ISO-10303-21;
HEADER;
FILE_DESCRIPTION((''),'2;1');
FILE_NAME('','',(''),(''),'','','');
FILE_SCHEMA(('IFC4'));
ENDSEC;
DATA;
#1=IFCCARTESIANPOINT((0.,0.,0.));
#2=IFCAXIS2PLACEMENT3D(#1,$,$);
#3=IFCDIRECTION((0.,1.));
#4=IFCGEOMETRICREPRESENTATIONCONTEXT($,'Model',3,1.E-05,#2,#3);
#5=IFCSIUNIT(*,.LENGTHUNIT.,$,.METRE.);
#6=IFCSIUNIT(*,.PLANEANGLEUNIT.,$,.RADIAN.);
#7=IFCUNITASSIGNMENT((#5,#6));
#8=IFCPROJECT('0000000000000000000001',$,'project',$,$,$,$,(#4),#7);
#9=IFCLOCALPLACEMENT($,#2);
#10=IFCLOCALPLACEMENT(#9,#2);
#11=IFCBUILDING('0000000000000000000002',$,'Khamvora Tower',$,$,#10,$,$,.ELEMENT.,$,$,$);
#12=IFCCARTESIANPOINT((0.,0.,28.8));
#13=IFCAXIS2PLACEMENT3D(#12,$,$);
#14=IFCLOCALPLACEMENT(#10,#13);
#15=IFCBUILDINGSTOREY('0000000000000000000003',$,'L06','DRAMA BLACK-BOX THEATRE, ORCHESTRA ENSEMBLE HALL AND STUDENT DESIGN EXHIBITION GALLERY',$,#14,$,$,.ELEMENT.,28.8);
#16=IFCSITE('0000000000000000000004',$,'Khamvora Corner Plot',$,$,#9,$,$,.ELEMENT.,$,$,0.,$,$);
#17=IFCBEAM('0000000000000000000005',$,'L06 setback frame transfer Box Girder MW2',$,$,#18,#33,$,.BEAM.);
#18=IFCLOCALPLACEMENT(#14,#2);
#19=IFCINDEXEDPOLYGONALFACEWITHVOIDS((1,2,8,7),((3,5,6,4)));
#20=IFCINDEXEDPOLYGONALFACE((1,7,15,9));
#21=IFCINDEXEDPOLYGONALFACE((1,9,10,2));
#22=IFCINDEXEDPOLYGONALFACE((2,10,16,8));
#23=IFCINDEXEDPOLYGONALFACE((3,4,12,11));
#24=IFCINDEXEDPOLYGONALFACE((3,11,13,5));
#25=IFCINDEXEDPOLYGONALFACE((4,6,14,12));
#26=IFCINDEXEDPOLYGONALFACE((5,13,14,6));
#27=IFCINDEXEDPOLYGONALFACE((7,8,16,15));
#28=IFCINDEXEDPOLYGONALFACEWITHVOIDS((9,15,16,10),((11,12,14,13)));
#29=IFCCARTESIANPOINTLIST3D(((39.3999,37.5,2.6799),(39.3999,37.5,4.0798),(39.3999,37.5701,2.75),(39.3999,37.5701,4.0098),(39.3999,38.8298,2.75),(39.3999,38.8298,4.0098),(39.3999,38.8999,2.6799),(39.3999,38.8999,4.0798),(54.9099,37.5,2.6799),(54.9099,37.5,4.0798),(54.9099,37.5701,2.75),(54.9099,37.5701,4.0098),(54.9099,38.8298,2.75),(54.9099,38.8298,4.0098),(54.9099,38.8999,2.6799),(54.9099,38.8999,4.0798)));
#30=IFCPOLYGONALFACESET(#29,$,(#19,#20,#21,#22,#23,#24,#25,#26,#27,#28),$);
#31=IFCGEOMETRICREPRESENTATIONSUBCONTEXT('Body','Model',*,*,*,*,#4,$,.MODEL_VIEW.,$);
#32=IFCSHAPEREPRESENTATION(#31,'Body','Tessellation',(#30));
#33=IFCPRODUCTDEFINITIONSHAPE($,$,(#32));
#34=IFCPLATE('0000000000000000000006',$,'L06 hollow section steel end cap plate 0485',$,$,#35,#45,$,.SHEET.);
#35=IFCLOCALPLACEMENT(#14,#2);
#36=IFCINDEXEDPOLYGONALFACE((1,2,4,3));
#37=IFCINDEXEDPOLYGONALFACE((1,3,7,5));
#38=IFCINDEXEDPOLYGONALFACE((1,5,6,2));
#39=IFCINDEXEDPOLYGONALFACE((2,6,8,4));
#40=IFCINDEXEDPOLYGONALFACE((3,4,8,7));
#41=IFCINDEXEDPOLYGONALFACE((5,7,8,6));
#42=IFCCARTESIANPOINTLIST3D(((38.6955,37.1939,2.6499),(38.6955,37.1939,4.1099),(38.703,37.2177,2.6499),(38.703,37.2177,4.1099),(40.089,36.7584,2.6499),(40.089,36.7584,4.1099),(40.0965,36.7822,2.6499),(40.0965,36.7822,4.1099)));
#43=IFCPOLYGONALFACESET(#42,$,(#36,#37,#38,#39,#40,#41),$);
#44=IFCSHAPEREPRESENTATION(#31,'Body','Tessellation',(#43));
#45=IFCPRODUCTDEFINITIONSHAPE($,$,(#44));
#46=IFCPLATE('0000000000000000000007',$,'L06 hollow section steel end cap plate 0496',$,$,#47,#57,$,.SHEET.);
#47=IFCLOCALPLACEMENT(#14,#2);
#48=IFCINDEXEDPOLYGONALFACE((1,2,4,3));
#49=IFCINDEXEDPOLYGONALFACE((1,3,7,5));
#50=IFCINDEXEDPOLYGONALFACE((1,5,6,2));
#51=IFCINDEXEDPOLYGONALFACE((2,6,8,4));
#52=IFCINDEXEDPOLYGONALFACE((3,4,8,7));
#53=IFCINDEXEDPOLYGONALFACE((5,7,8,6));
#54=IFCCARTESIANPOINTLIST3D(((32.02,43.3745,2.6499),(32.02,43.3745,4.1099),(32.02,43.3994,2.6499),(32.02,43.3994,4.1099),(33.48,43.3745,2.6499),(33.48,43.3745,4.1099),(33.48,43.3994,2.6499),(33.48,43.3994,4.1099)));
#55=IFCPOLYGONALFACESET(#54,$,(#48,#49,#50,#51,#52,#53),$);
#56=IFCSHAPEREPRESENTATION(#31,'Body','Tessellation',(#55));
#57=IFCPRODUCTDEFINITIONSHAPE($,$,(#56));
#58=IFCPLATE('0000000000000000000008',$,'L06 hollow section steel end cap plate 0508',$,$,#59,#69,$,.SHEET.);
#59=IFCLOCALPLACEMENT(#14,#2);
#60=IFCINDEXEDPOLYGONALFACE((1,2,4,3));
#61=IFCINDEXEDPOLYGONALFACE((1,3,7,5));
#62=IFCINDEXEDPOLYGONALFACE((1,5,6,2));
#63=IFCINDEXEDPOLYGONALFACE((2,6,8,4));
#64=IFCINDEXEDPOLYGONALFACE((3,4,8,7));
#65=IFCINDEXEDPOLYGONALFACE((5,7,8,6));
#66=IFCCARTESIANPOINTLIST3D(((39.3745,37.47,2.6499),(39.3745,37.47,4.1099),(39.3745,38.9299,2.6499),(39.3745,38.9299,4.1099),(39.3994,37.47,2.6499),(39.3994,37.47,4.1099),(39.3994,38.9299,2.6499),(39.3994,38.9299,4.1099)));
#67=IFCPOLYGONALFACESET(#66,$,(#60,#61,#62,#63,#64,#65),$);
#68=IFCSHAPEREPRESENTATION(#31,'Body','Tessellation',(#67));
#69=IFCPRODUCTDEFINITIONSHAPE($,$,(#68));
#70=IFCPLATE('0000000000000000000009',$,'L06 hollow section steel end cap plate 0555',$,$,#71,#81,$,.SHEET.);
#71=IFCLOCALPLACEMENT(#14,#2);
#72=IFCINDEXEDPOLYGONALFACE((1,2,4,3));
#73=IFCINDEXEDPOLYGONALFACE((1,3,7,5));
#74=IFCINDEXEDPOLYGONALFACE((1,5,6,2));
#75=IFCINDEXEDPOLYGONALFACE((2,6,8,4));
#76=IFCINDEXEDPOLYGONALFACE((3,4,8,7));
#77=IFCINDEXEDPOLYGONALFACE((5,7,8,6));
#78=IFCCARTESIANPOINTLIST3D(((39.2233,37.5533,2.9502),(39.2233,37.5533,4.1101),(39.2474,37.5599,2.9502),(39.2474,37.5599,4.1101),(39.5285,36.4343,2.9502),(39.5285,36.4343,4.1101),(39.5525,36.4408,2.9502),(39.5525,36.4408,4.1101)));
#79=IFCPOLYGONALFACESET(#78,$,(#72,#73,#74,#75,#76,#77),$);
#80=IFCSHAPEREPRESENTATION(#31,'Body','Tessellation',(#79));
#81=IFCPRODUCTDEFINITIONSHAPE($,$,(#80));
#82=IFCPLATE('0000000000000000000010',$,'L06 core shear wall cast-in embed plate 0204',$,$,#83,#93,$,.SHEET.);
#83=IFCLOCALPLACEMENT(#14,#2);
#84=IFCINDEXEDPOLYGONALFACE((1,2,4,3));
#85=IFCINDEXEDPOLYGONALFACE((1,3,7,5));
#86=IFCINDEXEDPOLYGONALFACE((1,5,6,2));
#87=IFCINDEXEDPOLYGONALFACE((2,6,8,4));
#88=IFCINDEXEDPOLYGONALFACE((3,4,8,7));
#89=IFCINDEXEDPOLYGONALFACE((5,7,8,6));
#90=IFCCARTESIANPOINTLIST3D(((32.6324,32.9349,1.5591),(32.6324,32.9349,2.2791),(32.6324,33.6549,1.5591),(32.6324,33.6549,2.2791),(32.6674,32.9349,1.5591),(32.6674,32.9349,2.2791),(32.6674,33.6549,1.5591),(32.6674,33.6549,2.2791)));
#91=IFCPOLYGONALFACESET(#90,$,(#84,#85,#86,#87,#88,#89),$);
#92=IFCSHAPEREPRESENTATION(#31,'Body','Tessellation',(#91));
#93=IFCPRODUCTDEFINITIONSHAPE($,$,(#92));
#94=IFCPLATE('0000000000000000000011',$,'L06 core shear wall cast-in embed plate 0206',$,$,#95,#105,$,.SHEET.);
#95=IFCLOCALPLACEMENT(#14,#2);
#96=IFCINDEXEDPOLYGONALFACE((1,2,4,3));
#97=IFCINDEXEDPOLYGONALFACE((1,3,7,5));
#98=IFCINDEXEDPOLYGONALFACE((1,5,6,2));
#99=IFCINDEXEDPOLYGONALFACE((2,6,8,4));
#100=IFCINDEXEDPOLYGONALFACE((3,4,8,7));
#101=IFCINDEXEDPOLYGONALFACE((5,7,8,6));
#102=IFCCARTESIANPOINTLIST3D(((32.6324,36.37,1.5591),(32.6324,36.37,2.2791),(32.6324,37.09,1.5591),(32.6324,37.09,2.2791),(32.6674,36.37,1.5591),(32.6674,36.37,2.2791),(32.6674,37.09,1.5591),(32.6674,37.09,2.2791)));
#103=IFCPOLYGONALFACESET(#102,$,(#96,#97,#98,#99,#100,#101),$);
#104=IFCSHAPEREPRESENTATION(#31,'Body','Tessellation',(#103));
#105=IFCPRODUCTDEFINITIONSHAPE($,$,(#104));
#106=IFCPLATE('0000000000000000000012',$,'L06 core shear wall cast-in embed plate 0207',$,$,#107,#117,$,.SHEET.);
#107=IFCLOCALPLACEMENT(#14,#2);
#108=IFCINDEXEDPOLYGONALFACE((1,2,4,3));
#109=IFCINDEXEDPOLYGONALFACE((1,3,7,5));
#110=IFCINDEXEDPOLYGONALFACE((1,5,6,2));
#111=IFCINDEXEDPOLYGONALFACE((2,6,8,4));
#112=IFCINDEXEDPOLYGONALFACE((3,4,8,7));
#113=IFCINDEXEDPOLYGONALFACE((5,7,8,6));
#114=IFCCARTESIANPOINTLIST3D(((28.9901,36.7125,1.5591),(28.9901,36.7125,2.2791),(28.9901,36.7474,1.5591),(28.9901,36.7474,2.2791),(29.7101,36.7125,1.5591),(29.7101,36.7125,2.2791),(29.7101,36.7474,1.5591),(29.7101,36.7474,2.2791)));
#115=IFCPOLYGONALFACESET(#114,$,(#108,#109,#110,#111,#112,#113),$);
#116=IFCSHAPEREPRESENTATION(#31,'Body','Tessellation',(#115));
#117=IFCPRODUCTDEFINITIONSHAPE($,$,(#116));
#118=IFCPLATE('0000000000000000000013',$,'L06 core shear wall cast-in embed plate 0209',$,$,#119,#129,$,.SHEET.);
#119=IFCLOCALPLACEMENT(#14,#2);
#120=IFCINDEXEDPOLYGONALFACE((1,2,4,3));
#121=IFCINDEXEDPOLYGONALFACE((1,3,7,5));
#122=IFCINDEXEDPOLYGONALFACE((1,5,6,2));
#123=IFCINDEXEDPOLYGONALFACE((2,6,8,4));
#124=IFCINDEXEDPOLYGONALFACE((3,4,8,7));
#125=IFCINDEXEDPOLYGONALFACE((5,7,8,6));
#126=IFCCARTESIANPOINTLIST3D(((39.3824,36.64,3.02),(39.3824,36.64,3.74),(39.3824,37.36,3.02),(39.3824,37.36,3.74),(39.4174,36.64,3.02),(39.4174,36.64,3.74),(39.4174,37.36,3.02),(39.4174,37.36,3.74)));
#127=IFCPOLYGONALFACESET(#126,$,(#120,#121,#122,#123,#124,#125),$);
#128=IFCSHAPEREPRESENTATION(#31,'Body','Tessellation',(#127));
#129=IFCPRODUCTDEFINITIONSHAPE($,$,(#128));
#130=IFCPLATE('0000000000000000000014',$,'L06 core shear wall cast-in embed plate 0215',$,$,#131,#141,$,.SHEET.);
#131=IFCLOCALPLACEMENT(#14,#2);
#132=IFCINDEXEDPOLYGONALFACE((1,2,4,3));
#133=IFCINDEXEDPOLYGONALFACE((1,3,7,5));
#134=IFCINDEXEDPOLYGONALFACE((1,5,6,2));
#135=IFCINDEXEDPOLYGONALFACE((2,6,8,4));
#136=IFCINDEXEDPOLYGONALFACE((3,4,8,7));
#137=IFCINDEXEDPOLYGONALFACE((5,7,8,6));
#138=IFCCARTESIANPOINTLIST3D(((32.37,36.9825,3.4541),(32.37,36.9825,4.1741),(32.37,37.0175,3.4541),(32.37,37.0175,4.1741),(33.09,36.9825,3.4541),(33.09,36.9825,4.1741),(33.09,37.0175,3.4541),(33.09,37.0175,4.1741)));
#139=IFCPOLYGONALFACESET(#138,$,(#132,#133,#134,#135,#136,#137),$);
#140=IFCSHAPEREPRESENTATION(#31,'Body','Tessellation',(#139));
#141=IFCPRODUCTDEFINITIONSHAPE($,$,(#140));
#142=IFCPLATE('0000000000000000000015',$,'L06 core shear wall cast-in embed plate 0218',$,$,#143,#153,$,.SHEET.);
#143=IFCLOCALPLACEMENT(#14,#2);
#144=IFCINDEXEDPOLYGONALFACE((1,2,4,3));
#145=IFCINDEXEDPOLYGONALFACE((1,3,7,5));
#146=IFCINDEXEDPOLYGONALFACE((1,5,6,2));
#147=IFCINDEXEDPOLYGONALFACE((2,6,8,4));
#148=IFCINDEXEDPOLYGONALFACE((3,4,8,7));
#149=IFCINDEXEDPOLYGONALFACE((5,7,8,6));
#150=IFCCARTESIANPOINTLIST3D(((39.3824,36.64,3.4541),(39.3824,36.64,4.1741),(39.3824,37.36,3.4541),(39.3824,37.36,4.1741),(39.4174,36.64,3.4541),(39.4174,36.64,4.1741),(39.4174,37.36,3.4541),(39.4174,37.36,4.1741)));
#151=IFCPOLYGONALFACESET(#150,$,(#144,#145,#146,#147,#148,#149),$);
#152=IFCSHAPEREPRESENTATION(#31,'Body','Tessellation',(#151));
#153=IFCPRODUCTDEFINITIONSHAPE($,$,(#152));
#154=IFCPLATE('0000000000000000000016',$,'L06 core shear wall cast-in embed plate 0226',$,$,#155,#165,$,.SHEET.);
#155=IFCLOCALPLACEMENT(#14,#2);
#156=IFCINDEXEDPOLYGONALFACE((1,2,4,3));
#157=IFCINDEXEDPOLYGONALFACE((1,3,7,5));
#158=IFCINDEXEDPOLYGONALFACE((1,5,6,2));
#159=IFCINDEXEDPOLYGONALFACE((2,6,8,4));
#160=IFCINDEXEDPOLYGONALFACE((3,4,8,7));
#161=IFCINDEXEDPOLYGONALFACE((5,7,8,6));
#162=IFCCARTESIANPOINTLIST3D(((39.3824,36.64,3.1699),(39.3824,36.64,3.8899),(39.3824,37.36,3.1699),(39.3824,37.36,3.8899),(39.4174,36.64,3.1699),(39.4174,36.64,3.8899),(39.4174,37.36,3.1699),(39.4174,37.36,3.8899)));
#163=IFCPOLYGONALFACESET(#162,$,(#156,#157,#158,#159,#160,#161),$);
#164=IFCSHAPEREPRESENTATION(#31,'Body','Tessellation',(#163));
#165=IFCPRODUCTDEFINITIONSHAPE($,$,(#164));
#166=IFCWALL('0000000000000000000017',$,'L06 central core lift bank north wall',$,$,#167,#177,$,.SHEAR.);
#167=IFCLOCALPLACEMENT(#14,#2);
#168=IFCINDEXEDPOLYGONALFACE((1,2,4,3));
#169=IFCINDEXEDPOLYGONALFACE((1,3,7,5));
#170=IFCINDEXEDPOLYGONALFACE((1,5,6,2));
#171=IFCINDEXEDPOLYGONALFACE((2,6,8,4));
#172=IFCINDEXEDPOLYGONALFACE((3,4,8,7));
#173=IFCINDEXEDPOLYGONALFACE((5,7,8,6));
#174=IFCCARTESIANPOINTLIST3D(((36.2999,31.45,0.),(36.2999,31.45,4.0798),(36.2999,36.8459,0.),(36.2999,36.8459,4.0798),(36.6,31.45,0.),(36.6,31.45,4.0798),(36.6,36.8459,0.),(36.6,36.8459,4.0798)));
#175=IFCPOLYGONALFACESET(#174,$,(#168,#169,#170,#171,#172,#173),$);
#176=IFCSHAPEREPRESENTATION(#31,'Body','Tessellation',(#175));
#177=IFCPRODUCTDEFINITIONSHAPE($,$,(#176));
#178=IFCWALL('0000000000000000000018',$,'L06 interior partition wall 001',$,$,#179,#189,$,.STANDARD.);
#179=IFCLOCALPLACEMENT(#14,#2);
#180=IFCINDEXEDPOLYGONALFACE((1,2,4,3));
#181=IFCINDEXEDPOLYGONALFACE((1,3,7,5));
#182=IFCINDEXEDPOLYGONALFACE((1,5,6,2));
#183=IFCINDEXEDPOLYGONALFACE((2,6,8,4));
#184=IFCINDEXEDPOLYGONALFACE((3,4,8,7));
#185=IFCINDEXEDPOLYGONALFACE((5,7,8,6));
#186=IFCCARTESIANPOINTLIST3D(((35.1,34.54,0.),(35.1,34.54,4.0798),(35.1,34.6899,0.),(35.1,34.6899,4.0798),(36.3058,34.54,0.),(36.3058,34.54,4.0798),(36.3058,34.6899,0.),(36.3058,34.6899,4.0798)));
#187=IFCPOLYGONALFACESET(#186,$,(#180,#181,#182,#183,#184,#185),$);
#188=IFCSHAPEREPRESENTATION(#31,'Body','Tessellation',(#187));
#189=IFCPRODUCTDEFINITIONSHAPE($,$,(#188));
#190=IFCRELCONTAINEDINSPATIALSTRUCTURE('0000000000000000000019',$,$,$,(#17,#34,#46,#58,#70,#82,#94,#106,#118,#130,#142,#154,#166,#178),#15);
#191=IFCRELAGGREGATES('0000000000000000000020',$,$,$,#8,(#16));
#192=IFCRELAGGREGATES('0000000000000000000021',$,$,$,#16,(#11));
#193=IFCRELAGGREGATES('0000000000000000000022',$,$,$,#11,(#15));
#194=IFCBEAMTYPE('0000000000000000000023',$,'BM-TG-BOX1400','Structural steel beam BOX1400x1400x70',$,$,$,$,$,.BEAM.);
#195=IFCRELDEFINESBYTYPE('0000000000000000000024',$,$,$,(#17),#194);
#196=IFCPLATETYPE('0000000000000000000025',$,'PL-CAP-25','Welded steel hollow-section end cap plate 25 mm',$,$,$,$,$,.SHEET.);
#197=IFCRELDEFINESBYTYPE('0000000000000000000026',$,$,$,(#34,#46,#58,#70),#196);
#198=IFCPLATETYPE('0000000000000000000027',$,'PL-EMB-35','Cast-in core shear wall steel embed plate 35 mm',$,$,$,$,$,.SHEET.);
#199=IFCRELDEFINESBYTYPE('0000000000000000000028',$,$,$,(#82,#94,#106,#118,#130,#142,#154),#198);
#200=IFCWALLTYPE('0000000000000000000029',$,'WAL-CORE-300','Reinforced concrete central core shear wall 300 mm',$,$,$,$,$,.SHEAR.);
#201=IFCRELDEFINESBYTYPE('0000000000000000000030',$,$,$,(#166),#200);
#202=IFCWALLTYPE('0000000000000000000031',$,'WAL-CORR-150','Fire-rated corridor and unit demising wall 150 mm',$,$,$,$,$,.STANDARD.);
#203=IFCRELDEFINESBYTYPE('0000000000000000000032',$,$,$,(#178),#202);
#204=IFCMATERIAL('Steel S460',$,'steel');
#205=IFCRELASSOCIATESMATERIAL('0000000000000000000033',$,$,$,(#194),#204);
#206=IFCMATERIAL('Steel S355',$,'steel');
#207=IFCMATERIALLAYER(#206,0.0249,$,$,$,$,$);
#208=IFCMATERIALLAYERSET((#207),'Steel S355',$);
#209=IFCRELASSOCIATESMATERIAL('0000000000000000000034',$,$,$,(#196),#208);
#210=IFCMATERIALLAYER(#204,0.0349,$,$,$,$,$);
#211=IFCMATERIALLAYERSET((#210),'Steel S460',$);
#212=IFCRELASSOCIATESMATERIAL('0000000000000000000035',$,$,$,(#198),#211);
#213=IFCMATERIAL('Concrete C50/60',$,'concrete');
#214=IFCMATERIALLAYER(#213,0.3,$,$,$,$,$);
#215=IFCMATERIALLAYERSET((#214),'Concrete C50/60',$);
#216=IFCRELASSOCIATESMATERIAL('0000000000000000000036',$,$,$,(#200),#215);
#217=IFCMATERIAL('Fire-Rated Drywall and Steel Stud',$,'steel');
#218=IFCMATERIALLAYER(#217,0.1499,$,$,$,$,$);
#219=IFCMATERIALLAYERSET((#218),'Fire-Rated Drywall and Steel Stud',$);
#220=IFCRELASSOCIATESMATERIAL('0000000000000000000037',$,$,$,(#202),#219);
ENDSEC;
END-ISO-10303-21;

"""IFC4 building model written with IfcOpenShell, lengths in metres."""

from ifc_helpers import new_model, si_unit, direction, frame, frame_2d, origin, origin_2d, place, context, subcontext, project, spatial, rectangle, hollow_rectangle, extrude, material, layer, layer_set, material_profile, profile_set, type_object, element, save


model = new_model("IFC4")

# Units and contexts
model_context = context("Model", 3, precision=1e-05, world=origin(), true_north=direction((0.0, 1.0)))
body_context = subcontext(model_context, "Body", "Model", "MODEL_VIEW")
ifc_project = project(units=[si_unit("LENGTHUNIT", "METRE"), si_unit("PLANEANGLEUNIT", "RADIAN")], contexts=[model_context])

# Site, building, storey
site_placement = place(None, origin())
site = spatial("IfcSite", under=ifc_project, at=site_placement, Name="Khamvora Corner Plot", CompositionType="ELEMENT", RefElevation=0.0)
building_placement = place(site_placement, origin())
building = spatial("IfcBuilding", under=site, at=building_placement, Name="Khamvora Tower", CompositionType="ELEMENT")
storey_placement = place(building_placement, frame((0.0, 0.0, 28.8)))
storey = spatial("IfcBuildingStorey", under=building, at=storey_placement, Name="L06", Description="DRAMA BLACK-BOX THEATRE, ORCHESTRA ENSEMBLE HALL AND STUDENT DESIGN EXHIBITION GALLERY", CompositionType="ELEMENT", Elevation=28.8)

# Shared definitions
ifc_material_1 = material(Name="Steel S460", Category="steel")

# Beam
ifc_material_2 = material(Name="Steel S355", Category="steel")
ifc_material_profile_1 = material_profile(ifc_material_1, hollow_rectangle(XDim=1.3999, YDim=1.3999, WallThickness=0.0701, at=origin_2d()), Name="BOX1400x1400x70")
ifc_profile_set_1 = profile_set([ifc_material_profile_1], Name="Steel S460")
beam_type_1 = type_object("IfcBeamType", Name="BM-TG-BOX1400", Description="Structural steel beam BOX1400x1400x70", PredefinedType="BEAM", material=ifc_profile_set_1)
beam_1_placement = place(storey_placement, frame((39.3999, 38.2, 3.3799), z_axis=(1.0, 0.0, 0.0), x_axis=(0.0, 1.0, 0.0)))
element("IfcBeam", 1, at=beam_1_placement, inside=storey, type_object=beam_type_1, Name="L06 setback frame transfer Box Girder MW2", PredefinedType="BEAM", context=body_context, shape_type="SweptSolid", body=[
    extrude(hollow_rectangle(XDim=1.3999, YDim=1.3999, WallThickness=0.0701, at=origin_2d()), origin(), (0.0, 0.0, 1.0), 15.51),
])

# Plates
ifc_layer_1 = layer(ifc_material_2, 0.0249)
ifc_layer_set_1 = layer_set([ifc_layer_1], Name="Steel S355")
plate_type_1 = type_object("IfcPlateType", Name="PL-CAP-25", Description="Welded steel hollow-section end cap plate 25 mm", PredefinedType="SHEET", material=ifc_layer_set_1)
for number, where, z_axis, x_axis, name in (
    (2, (39.396, 36.988, 2.6499), (0.0, 0.0, 1.0), (0.298275, 0.95448, 0.0), "L06 hollow section steel end cap plate 0485"),
    (3, (32.75, 43.387, 2.6499), (0.0, 0.0, 1.0), (0.0, 1.0, 0.0), "L06 hollow section steel end cap plate 0496"),
    (4, (39.387, 38.2, 2.6499), (0.0, 0.0, 1.0), (1.0, 0.0, 0.0), "L06 hollow section steel end cap plate 0508"),
):
    element("IfcPlate", number, at=place(storey_placement, frame(where, z_axis=z_axis, x_axis=x_axis)), inside=storey, type_object=plate_type_1, Name=name, PredefinedType="SHEET", context=body_context, shape_type="SweptSolid", body=[
        extrude(rectangle(XDim=0.0249, YDim=1.46, at=origin_2d()), origin(), (0.0, 0.0, 1.0), 1.46),
    ])
plate_1_placement = place(storey_placement, frame((39.3879, 36.9971, 2.9502), z_axis=(0.0, 0.0, 1.0), x_axis=(0.964764, 0.263115, 0.0)))
element("IfcPlate", 5, at=plate_1_placement, inside=storey, type_object=plate_type_1, Name="L06 hollow section steel end cap plate 0555", PredefinedType="SHEET", context=body_context, shape_type="SweptSolid", body=[
    extrude(rectangle(XDim=0.0249, YDim=1.1599, at=origin_2d()), origin(), (0.0, 0.0, 1.0), 1.1599),
])
ifc_layer_2 = layer(ifc_material_1, 0.0349)
ifc_layer_set_2 = layer_set([ifc_layer_2], Name="Steel S460")
plate_type_2 = type_object("IfcPlateType", Name="PL-EMB-35", Description="Cast-in core shear wall steel embed plate 35 mm", PredefinedType="SHEET", material=ifc_layer_set_2)
for number, where, z_axis, x_axis, name in (
    (6, (32.6499, 33.2949, 1.5591), (0.0, 0.0, 1.0), (1.0, 0.0, 0.0), "L06 core shear wall cast-in embed plate 0204"),
    (7, (32.6499, 36.73, 1.5591), (0.0, 0.0, 1.0), (1.0, 0.0, 0.0), "L06 core shear wall cast-in embed plate 0206"),
):
    element("IfcPlate", number, at=place(storey_placement, frame(where, z_axis=z_axis, x_axis=x_axis)), inside=storey, type_object=plate_type_2, Name=name, PredefinedType="SHEET", context=body_context, shape_type="SweptSolid", body=[
        extrude(rectangle(XDim=0.0349, YDim=0.72, at=origin_2d()), origin(), (0.0, 0.0, 1.0), 0.72),
    ])
plate_2_placement = place(storey_placement, frame((29.3501, 36.73, 1.5591), z_axis=(0.0, 0.0, 1.0), x_axis=(1.0, 0.0, 0.0)))
element("IfcPlate", 8, at=plate_2_placement, inside=storey, type_object=plate_type_2, Name="L06 core shear wall cast-in embed plate 0207", PredefinedType="SHEET", context=body_context, shape_type="SweptSolid", body=[
    extrude(rectangle(XDim=0.72, YDim=0.0349, at=origin_2d()), origin(), (0.0, 0.0, 1.0), 0.72),
])
plate_3_placement = place(storey_placement, frame((39.3999, 37.0, 3.02), z_axis=(0.0, 0.0, 1.0), x_axis=(1.0, 0.0, 0.0)))
element("IfcPlate", 9, at=plate_3_placement, inside=storey, type_object=plate_type_2, Name="L06 core shear wall cast-in embed plate 0209", PredefinedType="SHEET", context=body_context, shape_type="SweptSolid", body=[
    extrude(rectangle(XDim=0.0349, YDim=0.72, at=origin_2d()), origin(), (0.0, 0.0, 1.0), 0.72),
])
plate_4_placement = place(storey_placement, frame((32.73, 37.0, 3.4541), z_axis=(0.0, 0.0, 1.0), x_axis=(1.0, 0.0, 0.0)))
element("IfcPlate", 10, at=plate_4_placement, inside=storey, type_object=plate_type_2, Name="L06 core shear wall cast-in embed plate 0215", PredefinedType="SHEET", context=body_context, shape_type="SweptSolid", body=[
    extrude(rectangle(XDim=0.72, YDim=0.0349, at=origin_2d()), origin(), (0.0, 0.0, 1.0), 0.72),
])
for number, where, z_axis, x_axis, name in (
    (11, (39.3999, 37.0, 3.4541), (0.0, 0.0, 1.0), (1.0, 0.0, 0.0), "L06 core shear wall cast-in embed plate 0218"),
    (12, (39.3999, 37.0, 3.1699), (0.0, 0.0, 1.0), (1.0, 0.0, 0.0), "L06 core shear wall cast-in embed plate 0226"),
):
    element("IfcPlate", number, at=place(storey_placement, frame(where, z_axis=z_axis, x_axis=x_axis)), inside=storey, type_object=plate_type_2, Name=name, PredefinedType="SHEET", context=body_context, shape_type="SweptSolid", body=[
        extrude(rectangle(XDim=0.0349, YDim=0.72, at=origin_2d()), origin(), (0.0, 0.0, 1.0), 0.72),
    ])

# Walls
ifc_material_3 = material(Name="Concrete C50/60", Category="concrete")
ifc_layer_3 = layer(ifc_material_3, 0.3)
ifc_layer_set_3 = layer_set([ifc_layer_3], Name="Concrete C50/60")
wall_type_1 = type_object("IfcWallType", Name="WAL-CORE-300", Description="Reinforced concrete central core shear wall 300 mm", PredefinedType="SHEAR", material=ifc_layer_set_3)
wall_1_placement = place(storey_placement, frame((36.45, 31.45, 0.0), z_axis=(0.0, 0.0, 1.0), x_axis=(0.0, 1.0, 0.0)))
element("IfcWall", 13, at=wall_1_placement, inside=storey, type_object=wall_type_1, Name="L06 central core lift bank north wall", PredefinedType="SHEAR", context=body_context, shape_type="SweptSolid", body=[
    extrude(rectangle(XDim=5.396, YDim=0.3, at=frame_2d((2.698, 0.0))), origin(), (0.0, 0.0, 1.0), 4.0798),
])
ifc_material_4 = material(Name="Fire-Rated Drywall and Steel Stud", Category="steel")
ifc_layer_4 = layer(ifc_material_4, 0.1499)
ifc_layer_set_4 = layer_set([ifc_layer_4], Name="Fire-Rated Drywall and Steel Stud")
wall_type_2 = type_object("IfcWallType", Name="WAL-CORR-150", Description="Fire-rated corridor and unit demising wall 150 mm", PredefinedType="STANDARD", material=ifc_layer_set_4)
wall_2_placement = place(storey_placement, frame((36.3059, 34.615, 0.0), z_axis=(0.0, 0.0, 1.0), x_axis=(-1.0, 0.0, 0.0)))
element("IfcWall", 14, at=wall_2_placement, inside=storey, type_object=wall_type_2, Name="L06 interior partition wall 001", PredefinedType="STANDARD", context=body_context, shape_type="SweptSolid", body=[
    extrude(rectangle(XDim=1.2058, YDim=0.1499, at=frame_2d((0.603, 0.0))), origin(), (0.0, 0.0, 1.0), 4.0798),
])

save(model, "model.ifc")
